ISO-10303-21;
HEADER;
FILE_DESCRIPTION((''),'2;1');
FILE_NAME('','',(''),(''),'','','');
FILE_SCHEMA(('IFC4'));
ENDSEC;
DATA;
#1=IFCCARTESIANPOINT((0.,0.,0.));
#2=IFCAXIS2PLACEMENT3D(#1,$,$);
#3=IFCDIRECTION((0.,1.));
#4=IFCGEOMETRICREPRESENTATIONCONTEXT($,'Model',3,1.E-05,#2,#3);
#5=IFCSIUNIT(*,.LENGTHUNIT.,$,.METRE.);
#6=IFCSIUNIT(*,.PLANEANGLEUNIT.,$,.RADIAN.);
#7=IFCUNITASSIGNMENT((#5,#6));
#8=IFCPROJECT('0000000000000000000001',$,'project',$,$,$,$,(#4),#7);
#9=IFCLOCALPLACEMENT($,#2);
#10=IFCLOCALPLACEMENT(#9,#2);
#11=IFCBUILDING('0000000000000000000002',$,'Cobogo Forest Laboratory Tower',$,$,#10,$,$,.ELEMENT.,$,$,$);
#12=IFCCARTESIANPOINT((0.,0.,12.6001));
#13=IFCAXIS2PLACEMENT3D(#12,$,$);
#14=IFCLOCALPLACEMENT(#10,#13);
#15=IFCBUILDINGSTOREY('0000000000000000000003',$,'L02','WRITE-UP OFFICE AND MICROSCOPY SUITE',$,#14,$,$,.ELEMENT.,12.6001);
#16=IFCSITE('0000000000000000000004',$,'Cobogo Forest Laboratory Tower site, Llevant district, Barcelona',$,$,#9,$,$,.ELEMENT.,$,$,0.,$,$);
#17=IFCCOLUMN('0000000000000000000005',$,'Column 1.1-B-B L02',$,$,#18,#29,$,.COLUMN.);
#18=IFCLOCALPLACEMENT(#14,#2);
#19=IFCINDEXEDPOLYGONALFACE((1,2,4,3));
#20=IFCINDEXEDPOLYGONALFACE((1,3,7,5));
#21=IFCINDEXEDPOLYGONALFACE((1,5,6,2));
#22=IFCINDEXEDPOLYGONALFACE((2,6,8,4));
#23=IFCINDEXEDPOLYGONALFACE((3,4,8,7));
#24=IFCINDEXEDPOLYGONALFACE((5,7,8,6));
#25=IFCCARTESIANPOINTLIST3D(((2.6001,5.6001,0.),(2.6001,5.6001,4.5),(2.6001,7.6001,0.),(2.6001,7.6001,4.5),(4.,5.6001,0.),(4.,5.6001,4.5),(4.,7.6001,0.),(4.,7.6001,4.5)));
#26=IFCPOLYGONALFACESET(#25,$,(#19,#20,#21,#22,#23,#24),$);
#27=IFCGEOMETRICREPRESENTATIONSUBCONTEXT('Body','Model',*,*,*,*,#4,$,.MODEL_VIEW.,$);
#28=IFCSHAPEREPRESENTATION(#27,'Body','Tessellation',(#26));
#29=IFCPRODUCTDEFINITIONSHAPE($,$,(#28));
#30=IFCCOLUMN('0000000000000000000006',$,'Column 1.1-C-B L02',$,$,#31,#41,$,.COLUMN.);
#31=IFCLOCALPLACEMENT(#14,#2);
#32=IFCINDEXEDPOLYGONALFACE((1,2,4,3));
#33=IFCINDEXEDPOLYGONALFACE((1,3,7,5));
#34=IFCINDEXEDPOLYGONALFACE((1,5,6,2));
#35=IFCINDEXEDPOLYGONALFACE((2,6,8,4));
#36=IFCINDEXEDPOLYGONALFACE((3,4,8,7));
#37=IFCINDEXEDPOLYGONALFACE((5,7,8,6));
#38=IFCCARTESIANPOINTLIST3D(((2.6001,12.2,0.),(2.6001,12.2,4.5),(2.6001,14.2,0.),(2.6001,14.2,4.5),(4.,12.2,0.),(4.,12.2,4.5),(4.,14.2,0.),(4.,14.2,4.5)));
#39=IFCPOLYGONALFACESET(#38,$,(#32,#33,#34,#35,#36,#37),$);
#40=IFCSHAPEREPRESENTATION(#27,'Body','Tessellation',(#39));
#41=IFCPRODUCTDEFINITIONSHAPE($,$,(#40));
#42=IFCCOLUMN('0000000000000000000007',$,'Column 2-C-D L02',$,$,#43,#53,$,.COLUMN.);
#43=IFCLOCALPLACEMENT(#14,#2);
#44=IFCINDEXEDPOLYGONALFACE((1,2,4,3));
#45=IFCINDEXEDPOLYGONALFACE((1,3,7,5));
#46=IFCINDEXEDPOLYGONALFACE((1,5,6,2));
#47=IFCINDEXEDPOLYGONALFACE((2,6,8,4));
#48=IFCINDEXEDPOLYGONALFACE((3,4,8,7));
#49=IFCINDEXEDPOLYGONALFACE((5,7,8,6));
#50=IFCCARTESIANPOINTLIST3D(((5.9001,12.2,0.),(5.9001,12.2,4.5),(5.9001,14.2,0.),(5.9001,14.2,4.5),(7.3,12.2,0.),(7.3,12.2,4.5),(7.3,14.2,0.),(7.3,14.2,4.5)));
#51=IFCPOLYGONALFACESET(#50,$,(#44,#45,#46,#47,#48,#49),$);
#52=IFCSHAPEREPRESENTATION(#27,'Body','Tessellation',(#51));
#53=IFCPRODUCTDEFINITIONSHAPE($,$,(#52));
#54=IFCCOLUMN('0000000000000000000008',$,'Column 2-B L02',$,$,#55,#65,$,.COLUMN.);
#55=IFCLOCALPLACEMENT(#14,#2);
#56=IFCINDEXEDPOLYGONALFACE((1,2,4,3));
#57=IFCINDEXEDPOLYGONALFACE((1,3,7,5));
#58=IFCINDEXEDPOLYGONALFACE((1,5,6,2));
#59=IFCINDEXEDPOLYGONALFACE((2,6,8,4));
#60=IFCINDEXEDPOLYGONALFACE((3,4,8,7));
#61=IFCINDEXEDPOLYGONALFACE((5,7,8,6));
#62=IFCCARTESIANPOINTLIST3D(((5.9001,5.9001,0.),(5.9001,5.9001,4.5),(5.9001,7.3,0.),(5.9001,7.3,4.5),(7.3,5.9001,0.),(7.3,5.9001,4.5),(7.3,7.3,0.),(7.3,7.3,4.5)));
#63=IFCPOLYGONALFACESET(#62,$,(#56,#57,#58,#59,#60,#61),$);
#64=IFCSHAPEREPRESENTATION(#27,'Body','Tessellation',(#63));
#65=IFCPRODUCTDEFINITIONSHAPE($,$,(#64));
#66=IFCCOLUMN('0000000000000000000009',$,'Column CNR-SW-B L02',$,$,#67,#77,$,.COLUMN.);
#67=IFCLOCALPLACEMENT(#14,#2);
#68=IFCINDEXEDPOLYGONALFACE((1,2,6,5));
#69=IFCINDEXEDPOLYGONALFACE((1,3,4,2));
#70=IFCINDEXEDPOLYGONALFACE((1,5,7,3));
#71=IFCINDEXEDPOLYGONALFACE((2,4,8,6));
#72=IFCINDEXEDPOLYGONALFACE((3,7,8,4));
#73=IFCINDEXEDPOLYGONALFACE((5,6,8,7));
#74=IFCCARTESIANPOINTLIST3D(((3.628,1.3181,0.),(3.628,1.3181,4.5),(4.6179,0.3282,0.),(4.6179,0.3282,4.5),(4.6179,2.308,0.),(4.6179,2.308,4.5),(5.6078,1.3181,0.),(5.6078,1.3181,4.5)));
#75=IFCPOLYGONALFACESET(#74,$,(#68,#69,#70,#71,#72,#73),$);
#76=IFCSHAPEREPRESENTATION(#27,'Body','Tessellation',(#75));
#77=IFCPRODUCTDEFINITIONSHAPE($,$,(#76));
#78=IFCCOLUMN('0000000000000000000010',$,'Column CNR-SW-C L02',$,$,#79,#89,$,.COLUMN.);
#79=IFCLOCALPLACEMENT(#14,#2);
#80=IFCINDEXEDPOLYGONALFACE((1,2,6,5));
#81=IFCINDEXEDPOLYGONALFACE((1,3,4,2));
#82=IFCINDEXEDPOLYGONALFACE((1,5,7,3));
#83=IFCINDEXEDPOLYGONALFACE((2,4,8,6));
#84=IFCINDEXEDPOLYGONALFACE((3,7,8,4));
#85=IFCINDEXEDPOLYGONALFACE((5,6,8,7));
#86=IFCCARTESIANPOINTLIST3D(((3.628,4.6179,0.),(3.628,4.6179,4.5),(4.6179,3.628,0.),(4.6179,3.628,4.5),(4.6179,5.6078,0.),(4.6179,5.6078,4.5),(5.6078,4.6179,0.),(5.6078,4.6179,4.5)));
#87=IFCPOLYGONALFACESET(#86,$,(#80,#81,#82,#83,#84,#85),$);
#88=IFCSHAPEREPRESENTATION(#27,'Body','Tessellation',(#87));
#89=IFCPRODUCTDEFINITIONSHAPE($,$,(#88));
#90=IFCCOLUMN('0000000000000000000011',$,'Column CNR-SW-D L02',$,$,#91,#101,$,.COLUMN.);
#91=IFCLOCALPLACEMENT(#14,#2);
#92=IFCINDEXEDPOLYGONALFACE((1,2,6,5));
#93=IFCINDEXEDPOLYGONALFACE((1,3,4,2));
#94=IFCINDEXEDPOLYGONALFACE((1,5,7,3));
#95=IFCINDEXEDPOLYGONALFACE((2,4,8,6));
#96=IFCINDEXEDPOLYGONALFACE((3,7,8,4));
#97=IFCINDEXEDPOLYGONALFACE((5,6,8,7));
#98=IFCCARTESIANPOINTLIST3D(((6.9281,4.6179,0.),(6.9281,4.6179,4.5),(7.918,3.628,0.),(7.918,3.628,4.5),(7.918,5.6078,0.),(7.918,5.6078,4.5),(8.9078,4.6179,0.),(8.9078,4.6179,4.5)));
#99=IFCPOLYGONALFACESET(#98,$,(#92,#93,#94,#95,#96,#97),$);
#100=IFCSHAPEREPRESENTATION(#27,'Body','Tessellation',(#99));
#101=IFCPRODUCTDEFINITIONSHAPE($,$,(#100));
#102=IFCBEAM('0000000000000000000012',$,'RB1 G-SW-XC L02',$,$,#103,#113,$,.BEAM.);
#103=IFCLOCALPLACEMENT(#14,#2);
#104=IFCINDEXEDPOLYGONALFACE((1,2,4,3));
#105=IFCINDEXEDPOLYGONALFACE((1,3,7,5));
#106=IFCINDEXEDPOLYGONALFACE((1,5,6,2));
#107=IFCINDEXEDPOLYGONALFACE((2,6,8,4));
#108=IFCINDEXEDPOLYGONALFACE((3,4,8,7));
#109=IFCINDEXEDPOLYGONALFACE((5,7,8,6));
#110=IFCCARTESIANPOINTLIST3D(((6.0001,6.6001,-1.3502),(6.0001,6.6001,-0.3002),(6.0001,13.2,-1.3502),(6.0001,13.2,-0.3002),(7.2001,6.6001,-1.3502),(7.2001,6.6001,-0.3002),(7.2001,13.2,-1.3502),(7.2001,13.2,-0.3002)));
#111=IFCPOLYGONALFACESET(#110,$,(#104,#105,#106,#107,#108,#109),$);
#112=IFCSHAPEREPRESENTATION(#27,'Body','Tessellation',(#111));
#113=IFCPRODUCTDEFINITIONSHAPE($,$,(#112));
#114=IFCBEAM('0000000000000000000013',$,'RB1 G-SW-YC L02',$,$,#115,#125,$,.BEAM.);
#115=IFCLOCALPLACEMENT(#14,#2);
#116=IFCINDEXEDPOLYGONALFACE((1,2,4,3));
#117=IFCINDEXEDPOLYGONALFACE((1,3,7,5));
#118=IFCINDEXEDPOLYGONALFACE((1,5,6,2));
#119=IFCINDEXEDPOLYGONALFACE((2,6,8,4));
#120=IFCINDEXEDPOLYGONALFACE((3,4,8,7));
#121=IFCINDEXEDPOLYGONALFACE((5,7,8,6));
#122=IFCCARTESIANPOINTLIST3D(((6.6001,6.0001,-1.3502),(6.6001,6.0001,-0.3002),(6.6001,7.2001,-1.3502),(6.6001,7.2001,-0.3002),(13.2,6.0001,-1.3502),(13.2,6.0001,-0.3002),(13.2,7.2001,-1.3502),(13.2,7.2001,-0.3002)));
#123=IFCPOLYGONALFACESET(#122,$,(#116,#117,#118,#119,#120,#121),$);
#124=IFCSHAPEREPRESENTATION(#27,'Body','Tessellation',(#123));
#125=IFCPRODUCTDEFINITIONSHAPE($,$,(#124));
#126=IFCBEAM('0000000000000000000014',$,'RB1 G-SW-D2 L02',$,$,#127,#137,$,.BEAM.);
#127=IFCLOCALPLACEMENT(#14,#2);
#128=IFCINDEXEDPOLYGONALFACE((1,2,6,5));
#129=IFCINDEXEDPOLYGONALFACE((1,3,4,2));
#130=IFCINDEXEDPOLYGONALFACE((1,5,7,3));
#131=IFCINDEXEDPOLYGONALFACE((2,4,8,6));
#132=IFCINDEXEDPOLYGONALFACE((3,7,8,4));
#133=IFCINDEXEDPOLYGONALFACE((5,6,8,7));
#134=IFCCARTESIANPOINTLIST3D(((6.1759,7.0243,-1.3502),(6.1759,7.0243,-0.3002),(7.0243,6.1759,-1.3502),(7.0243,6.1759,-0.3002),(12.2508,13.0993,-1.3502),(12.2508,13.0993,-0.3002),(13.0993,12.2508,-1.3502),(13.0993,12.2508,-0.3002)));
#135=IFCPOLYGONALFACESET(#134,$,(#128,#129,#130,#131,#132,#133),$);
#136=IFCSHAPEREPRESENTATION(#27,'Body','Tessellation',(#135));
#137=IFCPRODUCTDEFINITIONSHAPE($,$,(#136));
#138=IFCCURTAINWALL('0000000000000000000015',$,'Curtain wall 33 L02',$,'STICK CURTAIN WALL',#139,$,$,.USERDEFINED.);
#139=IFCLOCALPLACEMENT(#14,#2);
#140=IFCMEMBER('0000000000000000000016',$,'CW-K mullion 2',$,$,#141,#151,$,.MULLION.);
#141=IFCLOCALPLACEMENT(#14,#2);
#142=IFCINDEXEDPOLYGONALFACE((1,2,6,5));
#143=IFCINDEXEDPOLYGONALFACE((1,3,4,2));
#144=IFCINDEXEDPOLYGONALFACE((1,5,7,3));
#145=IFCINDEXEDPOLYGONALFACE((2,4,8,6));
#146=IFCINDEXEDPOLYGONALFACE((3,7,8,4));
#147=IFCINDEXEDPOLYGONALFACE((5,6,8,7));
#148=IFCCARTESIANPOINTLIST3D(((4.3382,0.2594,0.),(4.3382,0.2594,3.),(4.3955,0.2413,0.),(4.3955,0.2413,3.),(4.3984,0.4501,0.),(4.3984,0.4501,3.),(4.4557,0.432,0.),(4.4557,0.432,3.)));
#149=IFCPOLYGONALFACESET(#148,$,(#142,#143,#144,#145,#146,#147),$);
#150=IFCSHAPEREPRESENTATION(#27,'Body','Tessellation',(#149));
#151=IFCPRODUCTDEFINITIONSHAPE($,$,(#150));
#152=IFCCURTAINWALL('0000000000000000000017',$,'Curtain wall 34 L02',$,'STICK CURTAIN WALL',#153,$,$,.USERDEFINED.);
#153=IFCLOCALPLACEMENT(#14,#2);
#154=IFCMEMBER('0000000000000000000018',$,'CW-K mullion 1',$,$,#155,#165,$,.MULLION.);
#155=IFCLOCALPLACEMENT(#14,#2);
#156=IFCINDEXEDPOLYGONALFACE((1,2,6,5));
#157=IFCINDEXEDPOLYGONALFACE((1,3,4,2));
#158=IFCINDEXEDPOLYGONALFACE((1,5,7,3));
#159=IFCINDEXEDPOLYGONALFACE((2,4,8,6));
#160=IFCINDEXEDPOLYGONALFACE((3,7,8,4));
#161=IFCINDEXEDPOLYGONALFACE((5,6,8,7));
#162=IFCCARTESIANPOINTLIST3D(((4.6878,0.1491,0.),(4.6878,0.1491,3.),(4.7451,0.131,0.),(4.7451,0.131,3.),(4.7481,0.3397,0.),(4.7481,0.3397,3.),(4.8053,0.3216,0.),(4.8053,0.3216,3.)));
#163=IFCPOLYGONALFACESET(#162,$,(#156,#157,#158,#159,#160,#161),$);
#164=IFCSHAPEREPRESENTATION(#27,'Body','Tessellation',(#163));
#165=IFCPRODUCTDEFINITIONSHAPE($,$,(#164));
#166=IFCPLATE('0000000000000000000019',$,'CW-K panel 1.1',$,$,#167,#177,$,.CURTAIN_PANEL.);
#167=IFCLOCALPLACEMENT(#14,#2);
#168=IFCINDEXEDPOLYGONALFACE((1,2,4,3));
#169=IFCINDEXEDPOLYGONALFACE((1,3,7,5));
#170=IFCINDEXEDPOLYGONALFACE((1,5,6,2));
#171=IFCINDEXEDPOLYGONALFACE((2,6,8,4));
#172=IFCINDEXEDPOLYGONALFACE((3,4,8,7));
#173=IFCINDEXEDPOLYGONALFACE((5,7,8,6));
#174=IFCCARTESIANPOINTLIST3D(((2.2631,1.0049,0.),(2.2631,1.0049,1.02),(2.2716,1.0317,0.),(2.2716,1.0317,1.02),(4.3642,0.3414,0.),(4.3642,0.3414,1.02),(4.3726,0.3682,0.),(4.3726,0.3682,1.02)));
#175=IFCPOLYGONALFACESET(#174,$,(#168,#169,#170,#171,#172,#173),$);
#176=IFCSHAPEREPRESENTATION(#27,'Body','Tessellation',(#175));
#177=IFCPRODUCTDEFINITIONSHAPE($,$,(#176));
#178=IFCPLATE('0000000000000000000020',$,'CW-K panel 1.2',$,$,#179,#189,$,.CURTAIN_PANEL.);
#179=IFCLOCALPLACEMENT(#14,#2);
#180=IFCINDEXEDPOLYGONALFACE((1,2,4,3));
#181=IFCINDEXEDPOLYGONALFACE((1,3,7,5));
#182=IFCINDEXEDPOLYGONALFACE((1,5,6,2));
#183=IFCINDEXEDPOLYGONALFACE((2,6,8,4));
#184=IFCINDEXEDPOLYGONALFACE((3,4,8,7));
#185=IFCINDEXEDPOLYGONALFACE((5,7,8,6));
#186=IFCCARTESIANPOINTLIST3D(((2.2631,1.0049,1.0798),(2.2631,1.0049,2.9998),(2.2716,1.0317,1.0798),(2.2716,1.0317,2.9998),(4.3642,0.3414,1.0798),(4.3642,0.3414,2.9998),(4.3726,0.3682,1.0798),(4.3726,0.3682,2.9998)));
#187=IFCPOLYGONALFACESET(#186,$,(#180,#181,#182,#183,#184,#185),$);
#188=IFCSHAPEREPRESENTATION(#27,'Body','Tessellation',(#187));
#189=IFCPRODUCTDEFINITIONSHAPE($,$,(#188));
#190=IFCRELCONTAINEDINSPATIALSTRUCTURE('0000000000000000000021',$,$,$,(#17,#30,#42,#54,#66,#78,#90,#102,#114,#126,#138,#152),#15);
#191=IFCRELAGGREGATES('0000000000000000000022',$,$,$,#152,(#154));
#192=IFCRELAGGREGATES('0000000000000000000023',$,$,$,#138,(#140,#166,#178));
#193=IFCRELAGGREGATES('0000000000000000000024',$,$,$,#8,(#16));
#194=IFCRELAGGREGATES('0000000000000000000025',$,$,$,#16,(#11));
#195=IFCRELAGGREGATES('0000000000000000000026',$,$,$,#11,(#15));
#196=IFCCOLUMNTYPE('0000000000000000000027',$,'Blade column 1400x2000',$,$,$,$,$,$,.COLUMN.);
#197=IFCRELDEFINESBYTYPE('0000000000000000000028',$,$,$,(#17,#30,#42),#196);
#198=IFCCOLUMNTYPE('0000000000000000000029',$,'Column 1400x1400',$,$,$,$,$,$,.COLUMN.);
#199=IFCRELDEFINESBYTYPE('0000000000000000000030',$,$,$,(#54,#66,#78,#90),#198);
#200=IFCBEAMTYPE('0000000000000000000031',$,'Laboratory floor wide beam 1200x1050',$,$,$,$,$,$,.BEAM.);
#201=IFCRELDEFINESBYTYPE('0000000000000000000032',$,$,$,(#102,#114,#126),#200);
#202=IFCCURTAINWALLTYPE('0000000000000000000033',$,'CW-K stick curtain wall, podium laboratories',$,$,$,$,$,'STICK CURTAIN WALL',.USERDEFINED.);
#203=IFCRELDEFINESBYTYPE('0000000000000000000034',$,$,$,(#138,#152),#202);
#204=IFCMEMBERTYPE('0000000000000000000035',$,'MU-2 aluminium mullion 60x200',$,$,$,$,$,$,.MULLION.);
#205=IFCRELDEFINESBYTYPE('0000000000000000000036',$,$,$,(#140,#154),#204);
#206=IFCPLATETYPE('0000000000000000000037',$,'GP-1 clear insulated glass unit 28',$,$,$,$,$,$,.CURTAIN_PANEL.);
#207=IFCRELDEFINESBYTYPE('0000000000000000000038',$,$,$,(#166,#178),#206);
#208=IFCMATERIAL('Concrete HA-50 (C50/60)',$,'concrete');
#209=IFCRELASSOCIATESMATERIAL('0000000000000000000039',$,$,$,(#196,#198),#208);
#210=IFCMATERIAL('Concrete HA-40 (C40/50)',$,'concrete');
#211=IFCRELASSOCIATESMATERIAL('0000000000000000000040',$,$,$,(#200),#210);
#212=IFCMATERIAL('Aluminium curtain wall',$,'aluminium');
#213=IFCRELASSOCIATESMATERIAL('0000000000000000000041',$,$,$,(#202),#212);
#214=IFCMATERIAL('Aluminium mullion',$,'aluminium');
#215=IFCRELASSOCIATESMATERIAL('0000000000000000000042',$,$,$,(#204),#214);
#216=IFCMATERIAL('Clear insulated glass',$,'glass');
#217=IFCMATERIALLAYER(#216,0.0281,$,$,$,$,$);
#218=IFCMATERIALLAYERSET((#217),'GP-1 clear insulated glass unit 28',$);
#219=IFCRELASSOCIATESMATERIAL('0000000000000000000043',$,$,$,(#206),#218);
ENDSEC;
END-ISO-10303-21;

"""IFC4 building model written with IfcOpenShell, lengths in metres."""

from ifc_helpers import new_model, si_unit, direction, frame, origin, origin_2d, place, context, subcontext, project, spatial, rectangle, extrude, material, layer, layer_set, material_profile, profile_set, type_object, element, aggregate, save


model = new_model("IFC4")

# Units and contexts
model_context = context("Model", 3, precision=1e-05, world=origin(), true_north=direction((0.0, 1.0)))
body_context = subcontext(model_context, "Body", "Model", "MODEL_VIEW")
ifc_project = project(units=[si_unit("LENGTHUNIT", "METRE"), si_unit("PLANEANGLEUNIT", "RADIAN")], contexts=[model_context])

# Site, building, storey
site_placement = place(None, origin())
site = spatial("IfcSite", under=ifc_project, at=site_placement, Name="Cobogo Forest Laboratory Tower site, Llevant district, Barcelona", CompositionType="ELEMENT", RefElevation=0.0)
building_placement = place(site_placement, origin())
building = spatial("IfcBuilding", under=site, at=building_placement, Name="Cobogo Forest Laboratory Tower", CompositionType="ELEMENT")
storey_placement = place(building_placement, frame((0.0, 0.0, 12.6001)))
storey = spatial("IfcBuildingStorey", under=building, at=storey_placement, Name="L02", Description="WRITE-UP OFFICE AND MICROSCOPY SUITE", CompositionType="ELEMENT", Elevation=12.6001)

# Columns
ifc_material_1 = material(Name="Concrete HA-50 (C50/60)", Category="concrete")
ifc_material_profile_1 = material_profile(ifc_material_1, rectangle(XDim=2.0, YDim=1.3999, at=origin_2d()), Name="RC 1400x2000")
ifc_profile_set_1 = profile_set([ifc_material_profile_1], Name="Concrete HA-50 (C50/60)")
column_type_1 = type_object("IfcColumnType", Name="Blade column 1400x2000", PredefinedType="COLUMN", material=ifc_profile_set_1)
for number, where, z_axis, x_axis, name in (
    (1, (3.3, 6.6001, 0.0), (0.0, 0.0, 1.0), (0.0, 1.0, 0.0), "Column 1.1-B-B L02"),
    (2, (3.3, 13.2, 0.0), (0.0, 0.0, 1.0), (0.0, 1.0, 0.0), "Column 1.1-C-B L02"),
    (3, (6.6001, 13.2, 0.0), (0.0, 0.0, 1.0), (0.0, 1.0, 0.0), "Column 2-C-D L02"),
):
    element("IfcColumn", number, at=place(storey_placement, frame(where, z_axis=z_axis, x_axis=x_axis)), inside=storey, type_object=column_type_1, Name=name, PredefinedType="COLUMN", context=body_context, shape_type="SweptSolid", body=[
        extrude(rectangle(XDim=2.0, YDim=1.3999, at=origin_2d()), origin(), (0.0, 0.0, 1.0), 4.5),
    ])
ifc_material_profile_2 = material_profile(ifc_material_1, rectangle(XDim=1.3999, YDim=1.3999, at=origin_2d()), Name="RC 1400x1400")
ifc_profile_set_2 = profile_set([ifc_material_profile_2], Name="Concrete HA-50 (C50/60)")
column_type_2 = type_object("IfcColumnType", Name="Column 1400x1400", PredefinedType="COLUMN", material=ifc_profile_set_2)
for number, where, z_axis, x_axis, name in (
    (4, (6.6001, 6.6001, 0.0), (0.0, 0.0, 1.0), (1.0, 0.0, 0.0), "Column 2-B L02"),
    (5, (4.6179, 1.3181, 0.0), (0.0, 0.0, 1.0), (0.707107, 0.707107, 0.0), "Column CNR-SW-B L02"),
    (6, (4.6179, 4.6179, 0.0), (0.0, 0.0, 1.0), (0.707107, 0.707107, 0.0), "Column CNR-SW-C L02"),
    (7, (7.918, 4.6179, 0.0), (0.0, 0.0, 1.0), (0.707107, 0.707107, 0.0), "Column CNR-SW-D L02"),
):
    element("IfcColumn", number, at=place(storey_placement, frame(where, z_axis=z_axis, x_axis=x_axis)), inside=storey, type_object=column_type_2, Name=name, PredefinedType="COLUMN", context=body_context, shape_type="SweptSolid", body=[
        extrude(rectangle(XDim=1.3999, YDim=1.3999, at=origin_2d()), origin(), (0.0, 0.0, 1.0), 4.5),
    ])

# Beams
ifc_material_2 = material(Name="Concrete HA-40 (C40/50)", Category="concrete")
ifc_material_profile_3 = material_profile(ifc_material_2, rectangle(XDim=1.2, YDim=1.05, at=origin_2d()), Name="RC 1200x1050")
ifc_profile_set_3 = profile_set([ifc_material_profile_3], Name="Concrete HA-40 (C40/50)")
beam_type = type_object("IfcBeamType", Name="Laboratory floor wide beam 1200x1050", PredefinedType="BEAM", material=ifc_profile_set_3)
for number, where, z_axis, x_axis, name in (
    (8, (6.6001, 6.6001, -0.8252), (0.0, 1.0, 0.0), (-1.0, 0.0, 0.0), "RB1 G-SW-XC L02"),
    (9, (6.6001, 6.6001, -0.8252), (1.0, 0.0, 0.0), (0.0, 1.0, 0.0), "RB1 G-SW-YC L02"),
):
    element("IfcBeam", number, at=place(storey_placement, frame(where, z_axis=z_axis, x_axis=x_axis)), inside=storey, type_object=beam_type, Name=name, PredefinedType="BEAM", context=body_context, shape_type="SweptSolid", body=[
        extrude(rectangle(XDim=1.2, YDim=1.05, at=origin_2d()), origin(), (0.0, 0.0, 1.0), 6.5999),
    ])
beam_placement = place(storey_placement, frame((6.6001, 6.6001, -0.8252), z_axis=(0.707107, 0.707107, 0.0), x_axis=(-0.707107, 0.707107, 0.0)))
element("IfcBeam", 10, at=beam_placement, inside=storey, type_object=beam_type, Name="RB1 G-SW-D2 L02", PredefinedType="BEAM", context=body_context, shape_type="SweptSolid", body=[
    extrude(rectangle(XDim=1.2, YDim=1.05, at=origin_2d()), origin(), (0.0, 0.0, 1.0), 8.5913),
])

# Curtain walls, members
ifc_material_3 = material(Name="Aluminium curtain wall", Category="aluminium")
curtain_wall_type = type_object("IfcCurtainWallType", Name="CW-K stick curtain wall, podium laboratories", ElementType="STICK CURTAIN WALL", PredefinedType="USERDEFINED", material=ifc_material_3)
curtain_wall_1_placement = place(storey_placement, origin())
curtain_wall_1 = element("IfcCurtainWall", 11, at=curtain_wall_1_placement, inside=storey, type_object=curtain_wall_type, Name="Curtain wall 33 L02", ObjectType="STICK CURTAIN WALL", PredefinedType="USERDEFINED")
ifc_material_4 = material(Name="Aluminium mullion", Category="aluminium")
ifc_material_profile_4 = material_profile(ifc_material_4, rectangle(XDim=0.0601, YDim=0.2, at=origin_2d()), Name="AL 60x200")
ifc_profile_set_4 = profile_set([ifc_material_profile_4], Name="Aluminium mullion")
member_type = type_object("IfcMemberType", Name="MU-2 aluminium mullion 60x200", PredefinedType="MULLION", material=ifc_profile_set_4)
member_1_placement = place(storey_placement, frame((4.397, 0.3457, 0.0), z_axis=(0.0, 0.0, 1.0), x_axis=(0.953581, -0.301135, 0.0)))
member_1 = element("IfcMember", 12, at=member_1_placement, type_object=member_type, Name="CW-K mullion 2", PredefinedType="MULLION", context=body_context, shape_type="SweptSolid", body=[
    extrude(rectangle(XDim=0.0601, YDim=0.2, at=origin_2d()), origin(), (0.0, 0.0, 1.0), 3.0),
])
curtain_wall_2_placement = place(storey_placement, origin())
curtain_wall_2 = element("IfcCurtainWall", 13, at=curtain_wall_2_placement, inside=storey, type_object=curtain_wall_type, Name="Curtain wall 34 L02", ObjectType="STICK CURTAIN WALL", PredefinedType="USERDEFINED")
member_2_placement = place(storey_placement, frame((4.7466, 0.2354, 0.0), z_axis=(0.0, 0.0, 1.0), x_axis=(0.953581, -0.301135, 0.0)))
member_2 = element("IfcMember", 14, at=member_2_placement, type_object=member_type, Name="CW-K mullion 1", PredefinedType="MULLION", context=body_context, shape_type="SweptSolid", body=[
    extrude(rectangle(XDim=0.0601, YDim=0.2, at=origin_2d()), origin(), (0.0, 0.0, 1.0), 3.0),
])
aggregate(curtain_wall_2, [member_2])

# Plates
ifc_material_5 = material(Name="Clear insulated glass", Category="glass")
ifc_layer_1 = layer(ifc_material_5, 0.0281)
ifc_layer_set_1 = layer_set([ifc_layer_1], Name="GP-1 clear insulated glass unit 28")
plate_type = type_object("IfcPlateType", Name="GP-1 clear insulated glass unit 28", PredefinedType="CURTAIN_PANEL", material=ifc_layer_set_1)
plate_1_placement = place(storey_placement, frame((3.3179, 0.6865, 0.0), z_axis=(0.0, 0.0, 1.0), x_axis=(0.953581, -0.301135, 0.0)))
plate_1 = element("IfcPlate", 15, at=plate_1_placement, type_object=plate_type, Name="CW-K panel 1.1", PredefinedType="CURTAIN_PANEL", context=body_context, shape_type="SweptSolid", body=[
    extrude(rectangle(XDim=2.2034, YDim=0.0281, at=origin_2d()), origin(), (0.0, 0.0, 1.0), 1.02),
])
plate_2_placement = place(storey_placement, frame((3.3179, 0.6865, 1.0798), z_axis=(0.0, 0.0, 1.0), x_axis=(0.953581, -0.301135, 0.0)))
plate_2 = element("IfcPlate", 16, at=plate_2_placement, type_object=plate_type, Name="CW-K panel 1.2", PredefinedType="CURTAIN_PANEL", context=body_context, shape_type="SweptSolid", body=[
    extrude(rectangle(XDim=2.2034, YDim=0.0281, at=origin_2d()), origin(), (0.0, 0.0, 1.0), 1.9199),
])
aggregate(curtain_wall_1, [member_1, plate_1, plate_2])

save(model, "model.ifc")
